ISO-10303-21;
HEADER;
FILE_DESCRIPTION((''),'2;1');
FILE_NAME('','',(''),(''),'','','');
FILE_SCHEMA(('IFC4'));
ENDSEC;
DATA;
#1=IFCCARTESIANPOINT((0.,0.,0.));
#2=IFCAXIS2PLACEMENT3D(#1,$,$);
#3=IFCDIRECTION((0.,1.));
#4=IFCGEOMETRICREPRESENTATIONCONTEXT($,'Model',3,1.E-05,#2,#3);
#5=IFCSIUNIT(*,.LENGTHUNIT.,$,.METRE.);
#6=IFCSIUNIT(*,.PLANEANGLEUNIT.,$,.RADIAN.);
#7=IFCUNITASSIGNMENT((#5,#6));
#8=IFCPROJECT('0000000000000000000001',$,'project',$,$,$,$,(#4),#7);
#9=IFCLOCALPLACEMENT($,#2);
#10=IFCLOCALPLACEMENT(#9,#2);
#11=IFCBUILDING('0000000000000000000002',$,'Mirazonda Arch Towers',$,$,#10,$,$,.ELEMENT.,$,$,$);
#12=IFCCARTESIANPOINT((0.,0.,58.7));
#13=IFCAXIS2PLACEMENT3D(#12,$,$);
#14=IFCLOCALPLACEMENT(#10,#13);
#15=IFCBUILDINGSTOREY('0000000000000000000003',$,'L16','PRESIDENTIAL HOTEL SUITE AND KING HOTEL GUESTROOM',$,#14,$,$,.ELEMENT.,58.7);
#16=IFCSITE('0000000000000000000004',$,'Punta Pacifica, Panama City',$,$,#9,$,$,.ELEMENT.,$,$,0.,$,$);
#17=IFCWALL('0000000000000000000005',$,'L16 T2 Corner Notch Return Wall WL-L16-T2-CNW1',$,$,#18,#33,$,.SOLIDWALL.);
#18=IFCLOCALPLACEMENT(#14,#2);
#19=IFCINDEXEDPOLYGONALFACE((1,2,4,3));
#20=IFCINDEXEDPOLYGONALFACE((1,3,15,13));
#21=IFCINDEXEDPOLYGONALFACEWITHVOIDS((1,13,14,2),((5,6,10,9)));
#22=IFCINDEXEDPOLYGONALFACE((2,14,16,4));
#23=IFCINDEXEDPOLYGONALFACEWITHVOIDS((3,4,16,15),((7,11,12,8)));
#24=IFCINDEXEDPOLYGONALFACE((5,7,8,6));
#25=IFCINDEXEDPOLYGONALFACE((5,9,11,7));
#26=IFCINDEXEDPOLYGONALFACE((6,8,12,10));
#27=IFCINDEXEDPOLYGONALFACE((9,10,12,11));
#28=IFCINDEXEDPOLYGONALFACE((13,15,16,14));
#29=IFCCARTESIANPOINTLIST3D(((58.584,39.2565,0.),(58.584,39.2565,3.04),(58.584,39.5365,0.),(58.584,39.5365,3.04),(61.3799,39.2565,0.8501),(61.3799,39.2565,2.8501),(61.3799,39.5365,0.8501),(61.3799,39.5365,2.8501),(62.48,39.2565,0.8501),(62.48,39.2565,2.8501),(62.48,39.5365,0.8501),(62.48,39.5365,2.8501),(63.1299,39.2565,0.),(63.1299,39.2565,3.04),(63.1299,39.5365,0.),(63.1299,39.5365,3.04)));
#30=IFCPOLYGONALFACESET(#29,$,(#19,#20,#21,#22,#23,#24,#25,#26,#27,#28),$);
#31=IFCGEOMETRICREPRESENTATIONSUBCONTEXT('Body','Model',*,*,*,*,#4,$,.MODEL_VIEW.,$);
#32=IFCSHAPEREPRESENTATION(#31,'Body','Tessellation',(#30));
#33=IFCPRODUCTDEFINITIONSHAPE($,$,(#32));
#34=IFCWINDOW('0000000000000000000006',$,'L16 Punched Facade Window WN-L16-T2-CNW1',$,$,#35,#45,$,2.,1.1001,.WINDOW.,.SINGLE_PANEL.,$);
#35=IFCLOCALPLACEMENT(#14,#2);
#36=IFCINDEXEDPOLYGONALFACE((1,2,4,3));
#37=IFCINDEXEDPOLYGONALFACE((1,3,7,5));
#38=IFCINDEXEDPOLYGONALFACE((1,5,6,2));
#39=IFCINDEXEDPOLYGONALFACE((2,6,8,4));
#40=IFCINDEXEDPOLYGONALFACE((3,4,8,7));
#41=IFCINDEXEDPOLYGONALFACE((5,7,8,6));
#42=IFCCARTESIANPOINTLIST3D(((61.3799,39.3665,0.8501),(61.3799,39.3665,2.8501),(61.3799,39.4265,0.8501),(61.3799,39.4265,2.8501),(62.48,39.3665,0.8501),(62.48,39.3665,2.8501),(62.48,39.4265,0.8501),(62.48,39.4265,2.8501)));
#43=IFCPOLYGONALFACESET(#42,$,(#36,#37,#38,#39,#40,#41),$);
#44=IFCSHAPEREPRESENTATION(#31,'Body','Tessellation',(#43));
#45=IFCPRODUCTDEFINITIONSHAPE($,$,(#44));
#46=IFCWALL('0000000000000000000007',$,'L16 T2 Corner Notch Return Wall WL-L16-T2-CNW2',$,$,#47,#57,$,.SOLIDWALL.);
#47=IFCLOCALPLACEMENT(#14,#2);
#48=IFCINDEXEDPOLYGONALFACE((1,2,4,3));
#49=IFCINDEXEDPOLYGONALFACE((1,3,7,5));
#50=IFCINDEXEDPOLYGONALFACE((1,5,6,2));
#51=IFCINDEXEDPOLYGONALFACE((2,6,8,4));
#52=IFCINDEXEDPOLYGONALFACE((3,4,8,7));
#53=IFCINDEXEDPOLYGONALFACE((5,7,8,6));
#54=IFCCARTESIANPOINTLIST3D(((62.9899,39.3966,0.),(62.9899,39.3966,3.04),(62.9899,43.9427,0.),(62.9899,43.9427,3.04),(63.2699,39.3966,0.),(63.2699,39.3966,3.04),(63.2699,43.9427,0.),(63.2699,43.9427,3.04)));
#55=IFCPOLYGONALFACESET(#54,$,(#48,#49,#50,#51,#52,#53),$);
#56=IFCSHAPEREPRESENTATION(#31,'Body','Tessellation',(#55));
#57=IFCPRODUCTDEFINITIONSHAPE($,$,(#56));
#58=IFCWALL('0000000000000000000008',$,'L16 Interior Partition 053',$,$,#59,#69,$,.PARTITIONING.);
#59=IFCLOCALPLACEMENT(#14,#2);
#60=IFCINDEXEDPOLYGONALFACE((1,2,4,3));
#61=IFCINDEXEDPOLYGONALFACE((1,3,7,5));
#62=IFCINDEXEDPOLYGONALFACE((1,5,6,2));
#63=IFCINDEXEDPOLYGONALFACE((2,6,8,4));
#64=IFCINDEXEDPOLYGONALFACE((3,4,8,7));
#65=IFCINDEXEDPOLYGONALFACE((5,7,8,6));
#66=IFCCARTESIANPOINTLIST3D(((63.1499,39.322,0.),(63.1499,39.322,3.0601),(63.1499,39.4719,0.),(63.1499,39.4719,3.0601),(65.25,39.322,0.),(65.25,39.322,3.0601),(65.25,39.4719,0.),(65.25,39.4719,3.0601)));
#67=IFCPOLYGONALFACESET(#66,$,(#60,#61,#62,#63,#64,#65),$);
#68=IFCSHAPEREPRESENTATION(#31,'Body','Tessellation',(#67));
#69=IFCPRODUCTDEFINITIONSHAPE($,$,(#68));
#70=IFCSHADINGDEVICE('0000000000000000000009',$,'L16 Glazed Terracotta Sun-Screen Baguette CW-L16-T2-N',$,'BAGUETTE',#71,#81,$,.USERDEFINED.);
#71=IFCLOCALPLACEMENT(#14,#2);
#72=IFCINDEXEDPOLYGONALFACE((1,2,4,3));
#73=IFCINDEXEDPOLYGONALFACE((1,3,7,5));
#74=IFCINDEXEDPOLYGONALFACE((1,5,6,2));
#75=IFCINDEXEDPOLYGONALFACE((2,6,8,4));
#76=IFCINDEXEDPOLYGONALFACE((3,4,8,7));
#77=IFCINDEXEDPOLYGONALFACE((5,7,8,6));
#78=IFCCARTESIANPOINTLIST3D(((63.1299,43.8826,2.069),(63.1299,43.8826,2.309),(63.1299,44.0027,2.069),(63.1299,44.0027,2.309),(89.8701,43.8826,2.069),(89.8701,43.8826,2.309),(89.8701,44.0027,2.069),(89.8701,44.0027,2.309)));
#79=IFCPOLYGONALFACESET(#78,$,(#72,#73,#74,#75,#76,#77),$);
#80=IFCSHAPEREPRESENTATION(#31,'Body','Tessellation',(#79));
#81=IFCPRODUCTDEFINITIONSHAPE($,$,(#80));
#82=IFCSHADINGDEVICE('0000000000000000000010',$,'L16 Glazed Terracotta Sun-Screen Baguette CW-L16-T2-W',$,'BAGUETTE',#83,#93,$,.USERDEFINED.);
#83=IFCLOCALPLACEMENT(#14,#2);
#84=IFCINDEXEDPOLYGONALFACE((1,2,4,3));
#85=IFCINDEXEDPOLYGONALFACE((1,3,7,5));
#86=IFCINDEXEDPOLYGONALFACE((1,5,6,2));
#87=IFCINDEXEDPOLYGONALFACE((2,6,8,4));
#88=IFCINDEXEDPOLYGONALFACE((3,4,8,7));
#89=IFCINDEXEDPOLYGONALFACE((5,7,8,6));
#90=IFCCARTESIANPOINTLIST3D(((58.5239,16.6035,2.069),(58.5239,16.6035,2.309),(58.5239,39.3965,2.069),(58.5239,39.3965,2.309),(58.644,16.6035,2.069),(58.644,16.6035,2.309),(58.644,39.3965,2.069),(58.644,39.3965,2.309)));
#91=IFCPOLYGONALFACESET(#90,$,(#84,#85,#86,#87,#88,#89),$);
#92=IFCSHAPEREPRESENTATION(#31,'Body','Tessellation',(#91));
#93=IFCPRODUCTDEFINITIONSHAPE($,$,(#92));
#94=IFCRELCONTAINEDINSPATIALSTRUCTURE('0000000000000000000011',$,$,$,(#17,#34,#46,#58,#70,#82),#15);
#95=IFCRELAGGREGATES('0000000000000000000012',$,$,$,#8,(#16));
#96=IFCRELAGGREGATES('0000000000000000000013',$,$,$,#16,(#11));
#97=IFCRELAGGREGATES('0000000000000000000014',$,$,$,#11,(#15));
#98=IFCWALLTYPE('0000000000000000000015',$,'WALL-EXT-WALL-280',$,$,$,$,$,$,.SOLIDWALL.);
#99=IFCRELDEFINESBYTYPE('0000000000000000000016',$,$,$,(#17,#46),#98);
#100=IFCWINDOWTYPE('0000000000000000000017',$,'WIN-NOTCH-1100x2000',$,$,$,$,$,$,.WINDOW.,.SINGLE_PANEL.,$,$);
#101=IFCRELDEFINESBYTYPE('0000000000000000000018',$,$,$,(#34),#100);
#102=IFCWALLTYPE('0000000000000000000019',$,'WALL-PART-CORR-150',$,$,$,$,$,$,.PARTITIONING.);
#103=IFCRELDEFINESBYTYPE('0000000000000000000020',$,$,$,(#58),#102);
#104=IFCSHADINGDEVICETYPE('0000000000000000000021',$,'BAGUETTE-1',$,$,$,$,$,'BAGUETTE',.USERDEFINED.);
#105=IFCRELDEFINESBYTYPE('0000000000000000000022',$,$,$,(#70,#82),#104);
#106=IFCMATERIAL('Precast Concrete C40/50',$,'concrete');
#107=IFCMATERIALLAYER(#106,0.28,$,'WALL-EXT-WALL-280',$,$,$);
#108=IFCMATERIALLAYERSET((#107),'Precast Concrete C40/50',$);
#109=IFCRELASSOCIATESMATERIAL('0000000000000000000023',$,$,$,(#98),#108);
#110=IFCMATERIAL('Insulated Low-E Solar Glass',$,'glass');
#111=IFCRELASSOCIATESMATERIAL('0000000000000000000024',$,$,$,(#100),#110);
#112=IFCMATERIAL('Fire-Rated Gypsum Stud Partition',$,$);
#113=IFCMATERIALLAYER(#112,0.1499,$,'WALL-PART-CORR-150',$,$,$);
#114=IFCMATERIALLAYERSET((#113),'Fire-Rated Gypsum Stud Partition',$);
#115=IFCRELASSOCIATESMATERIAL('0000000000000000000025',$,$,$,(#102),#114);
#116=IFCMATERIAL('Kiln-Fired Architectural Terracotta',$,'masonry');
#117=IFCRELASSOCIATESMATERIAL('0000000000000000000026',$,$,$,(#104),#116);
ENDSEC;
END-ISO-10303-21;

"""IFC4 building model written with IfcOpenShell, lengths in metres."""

from ifc_helpers import new_model, si_unit, direction, frame, frame_2d, origin, origin_2d, place, context, subcontext, project, spatial, rectangle, extrude, material, layer, layer_set, material_profile, profile_set, type_object, element, fill, save


model = new_model("IFC4")

# Units and contexts
model_context = context("Model", 3, precision=1e-05, world=origin(), true_north=direction((0.0, 1.0)))
body_context = subcontext(model_context, "Body", "Model", "MODEL_VIEW")
ifc_project = project(units=[si_unit("LENGTHUNIT", "METRE"), si_unit("PLANEANGLEUNIT", "RADIAN")], contexts=[model_context])

# Site, building, storey
site_placement = place(None, origin())
site = spatial("IfcSite", under=ifc_project, at=site_placement, Name="Punta Pacifica, Panama City", CompositionType="ELEMENT", RefElevation=0.0)
building_placement = place(site_placement, origin())
building = spatial("IfcBuilding", under=site, at=building_placement, Name="Mirazonda Arch Towers", CompositionType="ELEMENT")
storey_placement = place(building_placement, frame((0.0, 0.0, 58.7)))
storey = spatial("IfcBuildingStorey", under=building, at=storey_placement, Name="L16", Description="PRESIDENTIAL HOTEL SUITE AND KING HOTEL GUESTROOM", CompositionType="ELEMENT", Elevation=58.7)

# Shared definitions
ifc_material_1 = material(Name="Insulated Low-E Solar Glass", Category="glass")

# Wall, opening, window
ifc_material_2 = material(Name="Precast Concrete C40/50", Category="concrete")
ifc_layer_1 = layer(ifc_material_2, 0.28, Name="WALL-EXT-WALL-280")
ifc_layer_set_1 = layer_set([ifc_layer_1], Name="Precast Concrete C40/50")
wall_type_1 = type_object("IfcWallType", Name="WALL-EXT-WALL-280", PredefinedType="SOLIDWALL", material=ifc_layer_set_1)
wall_1_placement = place(storey_placement, frame((63.1299, 39.3965, 0.0), z_axis=(0.0, 0.0, 1.0), x_axis=(-1.0, 0.0, 0.0)))
wall_1 = element("IfcWall", 1, at=wall_1_placement, inside=storey, type_object=wall_type_1, Name="L16 T2 Corner Notch Return Wall WL-L16-T2-CNW1", PredefinedType="SOLIDWALL", context=body_context, shape_type="SweptSolid", body=[
    extrude(rectangle(XDim=4.5459, YDim=0.28, at=frame_2d((2.2729, 0.0))), origin(), (0.0, 0.0, 1.0), 3.04),
])
opening_1_placement = place(wall_1_placement, frame((0.6499, 0.0, 0.8501)))
opening_1 = element("IfcOpeningElement", 2, at=opening_1_placement, cuts=wall_1, PredefinedType="OPENING", context=body_context, shape_type="SweptSolid", body=[
    extrude(rectangle(XDim=1.1001, YDim=2.0, at=frame_2d((0.55, 1.0))), frame((0.0, 0.1499, 0.0), z_axis=(0.0, -1.0, 0.0), x_axis=(1.0, 0.0, 0.0)), (0.0, 0.0, 1.0), 0.3),
])
window_type = type_object("IfcWindowType", Name="WIN-NOTCH-1100x2000", PartitioningType="SINGLE_PANEL", PredefinedType="WINDOW", material=ifc_material_1)
window_placement = place(opening_1_placement, origin())
window = element("IfcWindow", 3, at=window_placement, inside=storey, type_object=window_type, Name="L16 Punched Facade Window WN-L16-T2-CNW1", OverallHeight=2.0, OverallWidth=1.1001, PartitioningType="SINGLE_PANEL", PredefinedType="WINDOW", context=body_context, shape_type="SweptSolid", body=[
    extrude(rectangle(XDim=1.1001, YDim=2.0, at=frame_2d((0.55, 1.0))), frame((0.0, 0.03, 0.0), z_axis=(0.0, -1.0, 0.0), x_axis=(1.0, 0.0, 0.0)), (0.0, 0.0, 1.0), 0.0601),
])
fill(opening_1, window)

# Wall
wall_2_placement = place(storey_placement, frame((63.1299, 43.9426, 0.0), z_axis=(0.0, 0.0, 1.0), x_axis=(0.0, -1.0, 0.0)))
element("IfcWall", 4, at=wall_2_placement, inside=storey, type_object=wall_type_1, Name="L16 T2 Corner Notch Return Wall WL-L16-T2-CNW2", PredefinedType="SOLIDWALL", context=body_context, shape_type="SweptSolid", body=[
    extrude(rectangle(XDim=4.5461, YDim=0.28, at=frame_2d((2.2729, 0.0))), origin(), (0.0, 0.0, 1.0), 3.04),
])

# Shared definitions
ifc_material_3 = material(Name="Fire-Rated Gypsum Stud Partition")
ifc_layer_2 = layer(ifc_material_3, 0.1499, Name="WALL-PART-CORR-150")
ifc_layer_set_2 = layer_set([ifc_layer_2], Name="Fire-Rated Gypsum Stud Partition")
wall_type_2 = type_object("IfcWallType", Name="WALL-PART-CORR-150", PredefinedType="PARTITIONING", material=ifc_layer_set_2)

# Wall
wall_3_placement = place(storey_placement, frame((63.1499, 39.397, 0.0), z_axis=(0.0, 0.0, 1.0), x_axis=(1.0, 0.0, 0.0)))
element("IfcWall", 5, at=wall_3_placement, inside=storey, type_object=wall_type_2, Name="L16 Interior Partition 053", PredefinedType="PARTITIONING", context=body_context, shape_type="SweptSolid", body=[
    extrude(rectangle(XDim=2.1001, YDim=0.1499, at=frame_2d((1.05, 0.0))), origin(), (0.0, 0.0, 1.0), 3.0601),
])

# Shading devices
ifc_material_4 = material(Name="Kiln-Fired Architectural Terracotta", Category="masonry")
ifc_material_profile_1 = material_profile(ifc_material_4, rectangle(XDim=0.1201, YDim=0.24, at=origin_2d()), Name="TERRA-BAG-120x240")
ifc_profile_set_1 = profile_set([ifc_material_profile_1], Name="Kiln-Fired Architectural Terracotta")
shading_device_type = type_object("IfcShadingDeviceType", Name="BAGUETTE-1", ElementType="BAGUETTE", PredefinedType="USERDEFINED", material=ifc_profile_set_1)
shading_device_1_placement = place(storey_placement, frame((63.1299, 43.9426, 2.189), z_axis=(1.0, 0.0, 0.0), x_axis=(0.0, 1.0, 0.0)))
element("IfcShadingDevice", 6, at=shading_device_1_placement, inside=storey, type_object=shading_device_type, Name="L16 Glazed Terracotta Sun-Screen Baguette CW-L16-T2-N", ObjectType="BAGUETTE", PredefinedType="USERDEFINED", context=body_context, shape_type="SweptSolid", body=[
    extrude(rectangle(XDim=0.1201, YDim=0.24, at=origin_2d()), origin(), (0.0, 0.0, 1.0), 26.7402),
])
shading_device_2_placement = place(storey_placement, frame((58.584, 39.3965, 2.189), z_axis=(0.0, -1.0, 0.0), x_axis=(1.0, 0.0, 0.0)))
element("IfcShadingDevice", 7, at=shading_device_2_placement, inside=storey, type_object=shading_device_type, Name="L16 Glazed Terracotta Sun-Screen Baguette CW-L16-T2-W", ObjectType="BAGUETTE", PredefinedType="USERDEFINED", context=body_context, shape_type="SweptSolid", body=[
    extrude(rectangle(XDim=0.1201, YDim=0.24, at=origin_2d()), origin(), (0.0, 0.0, 1.0), 22.793),
])

save(model, "model.ifc")
